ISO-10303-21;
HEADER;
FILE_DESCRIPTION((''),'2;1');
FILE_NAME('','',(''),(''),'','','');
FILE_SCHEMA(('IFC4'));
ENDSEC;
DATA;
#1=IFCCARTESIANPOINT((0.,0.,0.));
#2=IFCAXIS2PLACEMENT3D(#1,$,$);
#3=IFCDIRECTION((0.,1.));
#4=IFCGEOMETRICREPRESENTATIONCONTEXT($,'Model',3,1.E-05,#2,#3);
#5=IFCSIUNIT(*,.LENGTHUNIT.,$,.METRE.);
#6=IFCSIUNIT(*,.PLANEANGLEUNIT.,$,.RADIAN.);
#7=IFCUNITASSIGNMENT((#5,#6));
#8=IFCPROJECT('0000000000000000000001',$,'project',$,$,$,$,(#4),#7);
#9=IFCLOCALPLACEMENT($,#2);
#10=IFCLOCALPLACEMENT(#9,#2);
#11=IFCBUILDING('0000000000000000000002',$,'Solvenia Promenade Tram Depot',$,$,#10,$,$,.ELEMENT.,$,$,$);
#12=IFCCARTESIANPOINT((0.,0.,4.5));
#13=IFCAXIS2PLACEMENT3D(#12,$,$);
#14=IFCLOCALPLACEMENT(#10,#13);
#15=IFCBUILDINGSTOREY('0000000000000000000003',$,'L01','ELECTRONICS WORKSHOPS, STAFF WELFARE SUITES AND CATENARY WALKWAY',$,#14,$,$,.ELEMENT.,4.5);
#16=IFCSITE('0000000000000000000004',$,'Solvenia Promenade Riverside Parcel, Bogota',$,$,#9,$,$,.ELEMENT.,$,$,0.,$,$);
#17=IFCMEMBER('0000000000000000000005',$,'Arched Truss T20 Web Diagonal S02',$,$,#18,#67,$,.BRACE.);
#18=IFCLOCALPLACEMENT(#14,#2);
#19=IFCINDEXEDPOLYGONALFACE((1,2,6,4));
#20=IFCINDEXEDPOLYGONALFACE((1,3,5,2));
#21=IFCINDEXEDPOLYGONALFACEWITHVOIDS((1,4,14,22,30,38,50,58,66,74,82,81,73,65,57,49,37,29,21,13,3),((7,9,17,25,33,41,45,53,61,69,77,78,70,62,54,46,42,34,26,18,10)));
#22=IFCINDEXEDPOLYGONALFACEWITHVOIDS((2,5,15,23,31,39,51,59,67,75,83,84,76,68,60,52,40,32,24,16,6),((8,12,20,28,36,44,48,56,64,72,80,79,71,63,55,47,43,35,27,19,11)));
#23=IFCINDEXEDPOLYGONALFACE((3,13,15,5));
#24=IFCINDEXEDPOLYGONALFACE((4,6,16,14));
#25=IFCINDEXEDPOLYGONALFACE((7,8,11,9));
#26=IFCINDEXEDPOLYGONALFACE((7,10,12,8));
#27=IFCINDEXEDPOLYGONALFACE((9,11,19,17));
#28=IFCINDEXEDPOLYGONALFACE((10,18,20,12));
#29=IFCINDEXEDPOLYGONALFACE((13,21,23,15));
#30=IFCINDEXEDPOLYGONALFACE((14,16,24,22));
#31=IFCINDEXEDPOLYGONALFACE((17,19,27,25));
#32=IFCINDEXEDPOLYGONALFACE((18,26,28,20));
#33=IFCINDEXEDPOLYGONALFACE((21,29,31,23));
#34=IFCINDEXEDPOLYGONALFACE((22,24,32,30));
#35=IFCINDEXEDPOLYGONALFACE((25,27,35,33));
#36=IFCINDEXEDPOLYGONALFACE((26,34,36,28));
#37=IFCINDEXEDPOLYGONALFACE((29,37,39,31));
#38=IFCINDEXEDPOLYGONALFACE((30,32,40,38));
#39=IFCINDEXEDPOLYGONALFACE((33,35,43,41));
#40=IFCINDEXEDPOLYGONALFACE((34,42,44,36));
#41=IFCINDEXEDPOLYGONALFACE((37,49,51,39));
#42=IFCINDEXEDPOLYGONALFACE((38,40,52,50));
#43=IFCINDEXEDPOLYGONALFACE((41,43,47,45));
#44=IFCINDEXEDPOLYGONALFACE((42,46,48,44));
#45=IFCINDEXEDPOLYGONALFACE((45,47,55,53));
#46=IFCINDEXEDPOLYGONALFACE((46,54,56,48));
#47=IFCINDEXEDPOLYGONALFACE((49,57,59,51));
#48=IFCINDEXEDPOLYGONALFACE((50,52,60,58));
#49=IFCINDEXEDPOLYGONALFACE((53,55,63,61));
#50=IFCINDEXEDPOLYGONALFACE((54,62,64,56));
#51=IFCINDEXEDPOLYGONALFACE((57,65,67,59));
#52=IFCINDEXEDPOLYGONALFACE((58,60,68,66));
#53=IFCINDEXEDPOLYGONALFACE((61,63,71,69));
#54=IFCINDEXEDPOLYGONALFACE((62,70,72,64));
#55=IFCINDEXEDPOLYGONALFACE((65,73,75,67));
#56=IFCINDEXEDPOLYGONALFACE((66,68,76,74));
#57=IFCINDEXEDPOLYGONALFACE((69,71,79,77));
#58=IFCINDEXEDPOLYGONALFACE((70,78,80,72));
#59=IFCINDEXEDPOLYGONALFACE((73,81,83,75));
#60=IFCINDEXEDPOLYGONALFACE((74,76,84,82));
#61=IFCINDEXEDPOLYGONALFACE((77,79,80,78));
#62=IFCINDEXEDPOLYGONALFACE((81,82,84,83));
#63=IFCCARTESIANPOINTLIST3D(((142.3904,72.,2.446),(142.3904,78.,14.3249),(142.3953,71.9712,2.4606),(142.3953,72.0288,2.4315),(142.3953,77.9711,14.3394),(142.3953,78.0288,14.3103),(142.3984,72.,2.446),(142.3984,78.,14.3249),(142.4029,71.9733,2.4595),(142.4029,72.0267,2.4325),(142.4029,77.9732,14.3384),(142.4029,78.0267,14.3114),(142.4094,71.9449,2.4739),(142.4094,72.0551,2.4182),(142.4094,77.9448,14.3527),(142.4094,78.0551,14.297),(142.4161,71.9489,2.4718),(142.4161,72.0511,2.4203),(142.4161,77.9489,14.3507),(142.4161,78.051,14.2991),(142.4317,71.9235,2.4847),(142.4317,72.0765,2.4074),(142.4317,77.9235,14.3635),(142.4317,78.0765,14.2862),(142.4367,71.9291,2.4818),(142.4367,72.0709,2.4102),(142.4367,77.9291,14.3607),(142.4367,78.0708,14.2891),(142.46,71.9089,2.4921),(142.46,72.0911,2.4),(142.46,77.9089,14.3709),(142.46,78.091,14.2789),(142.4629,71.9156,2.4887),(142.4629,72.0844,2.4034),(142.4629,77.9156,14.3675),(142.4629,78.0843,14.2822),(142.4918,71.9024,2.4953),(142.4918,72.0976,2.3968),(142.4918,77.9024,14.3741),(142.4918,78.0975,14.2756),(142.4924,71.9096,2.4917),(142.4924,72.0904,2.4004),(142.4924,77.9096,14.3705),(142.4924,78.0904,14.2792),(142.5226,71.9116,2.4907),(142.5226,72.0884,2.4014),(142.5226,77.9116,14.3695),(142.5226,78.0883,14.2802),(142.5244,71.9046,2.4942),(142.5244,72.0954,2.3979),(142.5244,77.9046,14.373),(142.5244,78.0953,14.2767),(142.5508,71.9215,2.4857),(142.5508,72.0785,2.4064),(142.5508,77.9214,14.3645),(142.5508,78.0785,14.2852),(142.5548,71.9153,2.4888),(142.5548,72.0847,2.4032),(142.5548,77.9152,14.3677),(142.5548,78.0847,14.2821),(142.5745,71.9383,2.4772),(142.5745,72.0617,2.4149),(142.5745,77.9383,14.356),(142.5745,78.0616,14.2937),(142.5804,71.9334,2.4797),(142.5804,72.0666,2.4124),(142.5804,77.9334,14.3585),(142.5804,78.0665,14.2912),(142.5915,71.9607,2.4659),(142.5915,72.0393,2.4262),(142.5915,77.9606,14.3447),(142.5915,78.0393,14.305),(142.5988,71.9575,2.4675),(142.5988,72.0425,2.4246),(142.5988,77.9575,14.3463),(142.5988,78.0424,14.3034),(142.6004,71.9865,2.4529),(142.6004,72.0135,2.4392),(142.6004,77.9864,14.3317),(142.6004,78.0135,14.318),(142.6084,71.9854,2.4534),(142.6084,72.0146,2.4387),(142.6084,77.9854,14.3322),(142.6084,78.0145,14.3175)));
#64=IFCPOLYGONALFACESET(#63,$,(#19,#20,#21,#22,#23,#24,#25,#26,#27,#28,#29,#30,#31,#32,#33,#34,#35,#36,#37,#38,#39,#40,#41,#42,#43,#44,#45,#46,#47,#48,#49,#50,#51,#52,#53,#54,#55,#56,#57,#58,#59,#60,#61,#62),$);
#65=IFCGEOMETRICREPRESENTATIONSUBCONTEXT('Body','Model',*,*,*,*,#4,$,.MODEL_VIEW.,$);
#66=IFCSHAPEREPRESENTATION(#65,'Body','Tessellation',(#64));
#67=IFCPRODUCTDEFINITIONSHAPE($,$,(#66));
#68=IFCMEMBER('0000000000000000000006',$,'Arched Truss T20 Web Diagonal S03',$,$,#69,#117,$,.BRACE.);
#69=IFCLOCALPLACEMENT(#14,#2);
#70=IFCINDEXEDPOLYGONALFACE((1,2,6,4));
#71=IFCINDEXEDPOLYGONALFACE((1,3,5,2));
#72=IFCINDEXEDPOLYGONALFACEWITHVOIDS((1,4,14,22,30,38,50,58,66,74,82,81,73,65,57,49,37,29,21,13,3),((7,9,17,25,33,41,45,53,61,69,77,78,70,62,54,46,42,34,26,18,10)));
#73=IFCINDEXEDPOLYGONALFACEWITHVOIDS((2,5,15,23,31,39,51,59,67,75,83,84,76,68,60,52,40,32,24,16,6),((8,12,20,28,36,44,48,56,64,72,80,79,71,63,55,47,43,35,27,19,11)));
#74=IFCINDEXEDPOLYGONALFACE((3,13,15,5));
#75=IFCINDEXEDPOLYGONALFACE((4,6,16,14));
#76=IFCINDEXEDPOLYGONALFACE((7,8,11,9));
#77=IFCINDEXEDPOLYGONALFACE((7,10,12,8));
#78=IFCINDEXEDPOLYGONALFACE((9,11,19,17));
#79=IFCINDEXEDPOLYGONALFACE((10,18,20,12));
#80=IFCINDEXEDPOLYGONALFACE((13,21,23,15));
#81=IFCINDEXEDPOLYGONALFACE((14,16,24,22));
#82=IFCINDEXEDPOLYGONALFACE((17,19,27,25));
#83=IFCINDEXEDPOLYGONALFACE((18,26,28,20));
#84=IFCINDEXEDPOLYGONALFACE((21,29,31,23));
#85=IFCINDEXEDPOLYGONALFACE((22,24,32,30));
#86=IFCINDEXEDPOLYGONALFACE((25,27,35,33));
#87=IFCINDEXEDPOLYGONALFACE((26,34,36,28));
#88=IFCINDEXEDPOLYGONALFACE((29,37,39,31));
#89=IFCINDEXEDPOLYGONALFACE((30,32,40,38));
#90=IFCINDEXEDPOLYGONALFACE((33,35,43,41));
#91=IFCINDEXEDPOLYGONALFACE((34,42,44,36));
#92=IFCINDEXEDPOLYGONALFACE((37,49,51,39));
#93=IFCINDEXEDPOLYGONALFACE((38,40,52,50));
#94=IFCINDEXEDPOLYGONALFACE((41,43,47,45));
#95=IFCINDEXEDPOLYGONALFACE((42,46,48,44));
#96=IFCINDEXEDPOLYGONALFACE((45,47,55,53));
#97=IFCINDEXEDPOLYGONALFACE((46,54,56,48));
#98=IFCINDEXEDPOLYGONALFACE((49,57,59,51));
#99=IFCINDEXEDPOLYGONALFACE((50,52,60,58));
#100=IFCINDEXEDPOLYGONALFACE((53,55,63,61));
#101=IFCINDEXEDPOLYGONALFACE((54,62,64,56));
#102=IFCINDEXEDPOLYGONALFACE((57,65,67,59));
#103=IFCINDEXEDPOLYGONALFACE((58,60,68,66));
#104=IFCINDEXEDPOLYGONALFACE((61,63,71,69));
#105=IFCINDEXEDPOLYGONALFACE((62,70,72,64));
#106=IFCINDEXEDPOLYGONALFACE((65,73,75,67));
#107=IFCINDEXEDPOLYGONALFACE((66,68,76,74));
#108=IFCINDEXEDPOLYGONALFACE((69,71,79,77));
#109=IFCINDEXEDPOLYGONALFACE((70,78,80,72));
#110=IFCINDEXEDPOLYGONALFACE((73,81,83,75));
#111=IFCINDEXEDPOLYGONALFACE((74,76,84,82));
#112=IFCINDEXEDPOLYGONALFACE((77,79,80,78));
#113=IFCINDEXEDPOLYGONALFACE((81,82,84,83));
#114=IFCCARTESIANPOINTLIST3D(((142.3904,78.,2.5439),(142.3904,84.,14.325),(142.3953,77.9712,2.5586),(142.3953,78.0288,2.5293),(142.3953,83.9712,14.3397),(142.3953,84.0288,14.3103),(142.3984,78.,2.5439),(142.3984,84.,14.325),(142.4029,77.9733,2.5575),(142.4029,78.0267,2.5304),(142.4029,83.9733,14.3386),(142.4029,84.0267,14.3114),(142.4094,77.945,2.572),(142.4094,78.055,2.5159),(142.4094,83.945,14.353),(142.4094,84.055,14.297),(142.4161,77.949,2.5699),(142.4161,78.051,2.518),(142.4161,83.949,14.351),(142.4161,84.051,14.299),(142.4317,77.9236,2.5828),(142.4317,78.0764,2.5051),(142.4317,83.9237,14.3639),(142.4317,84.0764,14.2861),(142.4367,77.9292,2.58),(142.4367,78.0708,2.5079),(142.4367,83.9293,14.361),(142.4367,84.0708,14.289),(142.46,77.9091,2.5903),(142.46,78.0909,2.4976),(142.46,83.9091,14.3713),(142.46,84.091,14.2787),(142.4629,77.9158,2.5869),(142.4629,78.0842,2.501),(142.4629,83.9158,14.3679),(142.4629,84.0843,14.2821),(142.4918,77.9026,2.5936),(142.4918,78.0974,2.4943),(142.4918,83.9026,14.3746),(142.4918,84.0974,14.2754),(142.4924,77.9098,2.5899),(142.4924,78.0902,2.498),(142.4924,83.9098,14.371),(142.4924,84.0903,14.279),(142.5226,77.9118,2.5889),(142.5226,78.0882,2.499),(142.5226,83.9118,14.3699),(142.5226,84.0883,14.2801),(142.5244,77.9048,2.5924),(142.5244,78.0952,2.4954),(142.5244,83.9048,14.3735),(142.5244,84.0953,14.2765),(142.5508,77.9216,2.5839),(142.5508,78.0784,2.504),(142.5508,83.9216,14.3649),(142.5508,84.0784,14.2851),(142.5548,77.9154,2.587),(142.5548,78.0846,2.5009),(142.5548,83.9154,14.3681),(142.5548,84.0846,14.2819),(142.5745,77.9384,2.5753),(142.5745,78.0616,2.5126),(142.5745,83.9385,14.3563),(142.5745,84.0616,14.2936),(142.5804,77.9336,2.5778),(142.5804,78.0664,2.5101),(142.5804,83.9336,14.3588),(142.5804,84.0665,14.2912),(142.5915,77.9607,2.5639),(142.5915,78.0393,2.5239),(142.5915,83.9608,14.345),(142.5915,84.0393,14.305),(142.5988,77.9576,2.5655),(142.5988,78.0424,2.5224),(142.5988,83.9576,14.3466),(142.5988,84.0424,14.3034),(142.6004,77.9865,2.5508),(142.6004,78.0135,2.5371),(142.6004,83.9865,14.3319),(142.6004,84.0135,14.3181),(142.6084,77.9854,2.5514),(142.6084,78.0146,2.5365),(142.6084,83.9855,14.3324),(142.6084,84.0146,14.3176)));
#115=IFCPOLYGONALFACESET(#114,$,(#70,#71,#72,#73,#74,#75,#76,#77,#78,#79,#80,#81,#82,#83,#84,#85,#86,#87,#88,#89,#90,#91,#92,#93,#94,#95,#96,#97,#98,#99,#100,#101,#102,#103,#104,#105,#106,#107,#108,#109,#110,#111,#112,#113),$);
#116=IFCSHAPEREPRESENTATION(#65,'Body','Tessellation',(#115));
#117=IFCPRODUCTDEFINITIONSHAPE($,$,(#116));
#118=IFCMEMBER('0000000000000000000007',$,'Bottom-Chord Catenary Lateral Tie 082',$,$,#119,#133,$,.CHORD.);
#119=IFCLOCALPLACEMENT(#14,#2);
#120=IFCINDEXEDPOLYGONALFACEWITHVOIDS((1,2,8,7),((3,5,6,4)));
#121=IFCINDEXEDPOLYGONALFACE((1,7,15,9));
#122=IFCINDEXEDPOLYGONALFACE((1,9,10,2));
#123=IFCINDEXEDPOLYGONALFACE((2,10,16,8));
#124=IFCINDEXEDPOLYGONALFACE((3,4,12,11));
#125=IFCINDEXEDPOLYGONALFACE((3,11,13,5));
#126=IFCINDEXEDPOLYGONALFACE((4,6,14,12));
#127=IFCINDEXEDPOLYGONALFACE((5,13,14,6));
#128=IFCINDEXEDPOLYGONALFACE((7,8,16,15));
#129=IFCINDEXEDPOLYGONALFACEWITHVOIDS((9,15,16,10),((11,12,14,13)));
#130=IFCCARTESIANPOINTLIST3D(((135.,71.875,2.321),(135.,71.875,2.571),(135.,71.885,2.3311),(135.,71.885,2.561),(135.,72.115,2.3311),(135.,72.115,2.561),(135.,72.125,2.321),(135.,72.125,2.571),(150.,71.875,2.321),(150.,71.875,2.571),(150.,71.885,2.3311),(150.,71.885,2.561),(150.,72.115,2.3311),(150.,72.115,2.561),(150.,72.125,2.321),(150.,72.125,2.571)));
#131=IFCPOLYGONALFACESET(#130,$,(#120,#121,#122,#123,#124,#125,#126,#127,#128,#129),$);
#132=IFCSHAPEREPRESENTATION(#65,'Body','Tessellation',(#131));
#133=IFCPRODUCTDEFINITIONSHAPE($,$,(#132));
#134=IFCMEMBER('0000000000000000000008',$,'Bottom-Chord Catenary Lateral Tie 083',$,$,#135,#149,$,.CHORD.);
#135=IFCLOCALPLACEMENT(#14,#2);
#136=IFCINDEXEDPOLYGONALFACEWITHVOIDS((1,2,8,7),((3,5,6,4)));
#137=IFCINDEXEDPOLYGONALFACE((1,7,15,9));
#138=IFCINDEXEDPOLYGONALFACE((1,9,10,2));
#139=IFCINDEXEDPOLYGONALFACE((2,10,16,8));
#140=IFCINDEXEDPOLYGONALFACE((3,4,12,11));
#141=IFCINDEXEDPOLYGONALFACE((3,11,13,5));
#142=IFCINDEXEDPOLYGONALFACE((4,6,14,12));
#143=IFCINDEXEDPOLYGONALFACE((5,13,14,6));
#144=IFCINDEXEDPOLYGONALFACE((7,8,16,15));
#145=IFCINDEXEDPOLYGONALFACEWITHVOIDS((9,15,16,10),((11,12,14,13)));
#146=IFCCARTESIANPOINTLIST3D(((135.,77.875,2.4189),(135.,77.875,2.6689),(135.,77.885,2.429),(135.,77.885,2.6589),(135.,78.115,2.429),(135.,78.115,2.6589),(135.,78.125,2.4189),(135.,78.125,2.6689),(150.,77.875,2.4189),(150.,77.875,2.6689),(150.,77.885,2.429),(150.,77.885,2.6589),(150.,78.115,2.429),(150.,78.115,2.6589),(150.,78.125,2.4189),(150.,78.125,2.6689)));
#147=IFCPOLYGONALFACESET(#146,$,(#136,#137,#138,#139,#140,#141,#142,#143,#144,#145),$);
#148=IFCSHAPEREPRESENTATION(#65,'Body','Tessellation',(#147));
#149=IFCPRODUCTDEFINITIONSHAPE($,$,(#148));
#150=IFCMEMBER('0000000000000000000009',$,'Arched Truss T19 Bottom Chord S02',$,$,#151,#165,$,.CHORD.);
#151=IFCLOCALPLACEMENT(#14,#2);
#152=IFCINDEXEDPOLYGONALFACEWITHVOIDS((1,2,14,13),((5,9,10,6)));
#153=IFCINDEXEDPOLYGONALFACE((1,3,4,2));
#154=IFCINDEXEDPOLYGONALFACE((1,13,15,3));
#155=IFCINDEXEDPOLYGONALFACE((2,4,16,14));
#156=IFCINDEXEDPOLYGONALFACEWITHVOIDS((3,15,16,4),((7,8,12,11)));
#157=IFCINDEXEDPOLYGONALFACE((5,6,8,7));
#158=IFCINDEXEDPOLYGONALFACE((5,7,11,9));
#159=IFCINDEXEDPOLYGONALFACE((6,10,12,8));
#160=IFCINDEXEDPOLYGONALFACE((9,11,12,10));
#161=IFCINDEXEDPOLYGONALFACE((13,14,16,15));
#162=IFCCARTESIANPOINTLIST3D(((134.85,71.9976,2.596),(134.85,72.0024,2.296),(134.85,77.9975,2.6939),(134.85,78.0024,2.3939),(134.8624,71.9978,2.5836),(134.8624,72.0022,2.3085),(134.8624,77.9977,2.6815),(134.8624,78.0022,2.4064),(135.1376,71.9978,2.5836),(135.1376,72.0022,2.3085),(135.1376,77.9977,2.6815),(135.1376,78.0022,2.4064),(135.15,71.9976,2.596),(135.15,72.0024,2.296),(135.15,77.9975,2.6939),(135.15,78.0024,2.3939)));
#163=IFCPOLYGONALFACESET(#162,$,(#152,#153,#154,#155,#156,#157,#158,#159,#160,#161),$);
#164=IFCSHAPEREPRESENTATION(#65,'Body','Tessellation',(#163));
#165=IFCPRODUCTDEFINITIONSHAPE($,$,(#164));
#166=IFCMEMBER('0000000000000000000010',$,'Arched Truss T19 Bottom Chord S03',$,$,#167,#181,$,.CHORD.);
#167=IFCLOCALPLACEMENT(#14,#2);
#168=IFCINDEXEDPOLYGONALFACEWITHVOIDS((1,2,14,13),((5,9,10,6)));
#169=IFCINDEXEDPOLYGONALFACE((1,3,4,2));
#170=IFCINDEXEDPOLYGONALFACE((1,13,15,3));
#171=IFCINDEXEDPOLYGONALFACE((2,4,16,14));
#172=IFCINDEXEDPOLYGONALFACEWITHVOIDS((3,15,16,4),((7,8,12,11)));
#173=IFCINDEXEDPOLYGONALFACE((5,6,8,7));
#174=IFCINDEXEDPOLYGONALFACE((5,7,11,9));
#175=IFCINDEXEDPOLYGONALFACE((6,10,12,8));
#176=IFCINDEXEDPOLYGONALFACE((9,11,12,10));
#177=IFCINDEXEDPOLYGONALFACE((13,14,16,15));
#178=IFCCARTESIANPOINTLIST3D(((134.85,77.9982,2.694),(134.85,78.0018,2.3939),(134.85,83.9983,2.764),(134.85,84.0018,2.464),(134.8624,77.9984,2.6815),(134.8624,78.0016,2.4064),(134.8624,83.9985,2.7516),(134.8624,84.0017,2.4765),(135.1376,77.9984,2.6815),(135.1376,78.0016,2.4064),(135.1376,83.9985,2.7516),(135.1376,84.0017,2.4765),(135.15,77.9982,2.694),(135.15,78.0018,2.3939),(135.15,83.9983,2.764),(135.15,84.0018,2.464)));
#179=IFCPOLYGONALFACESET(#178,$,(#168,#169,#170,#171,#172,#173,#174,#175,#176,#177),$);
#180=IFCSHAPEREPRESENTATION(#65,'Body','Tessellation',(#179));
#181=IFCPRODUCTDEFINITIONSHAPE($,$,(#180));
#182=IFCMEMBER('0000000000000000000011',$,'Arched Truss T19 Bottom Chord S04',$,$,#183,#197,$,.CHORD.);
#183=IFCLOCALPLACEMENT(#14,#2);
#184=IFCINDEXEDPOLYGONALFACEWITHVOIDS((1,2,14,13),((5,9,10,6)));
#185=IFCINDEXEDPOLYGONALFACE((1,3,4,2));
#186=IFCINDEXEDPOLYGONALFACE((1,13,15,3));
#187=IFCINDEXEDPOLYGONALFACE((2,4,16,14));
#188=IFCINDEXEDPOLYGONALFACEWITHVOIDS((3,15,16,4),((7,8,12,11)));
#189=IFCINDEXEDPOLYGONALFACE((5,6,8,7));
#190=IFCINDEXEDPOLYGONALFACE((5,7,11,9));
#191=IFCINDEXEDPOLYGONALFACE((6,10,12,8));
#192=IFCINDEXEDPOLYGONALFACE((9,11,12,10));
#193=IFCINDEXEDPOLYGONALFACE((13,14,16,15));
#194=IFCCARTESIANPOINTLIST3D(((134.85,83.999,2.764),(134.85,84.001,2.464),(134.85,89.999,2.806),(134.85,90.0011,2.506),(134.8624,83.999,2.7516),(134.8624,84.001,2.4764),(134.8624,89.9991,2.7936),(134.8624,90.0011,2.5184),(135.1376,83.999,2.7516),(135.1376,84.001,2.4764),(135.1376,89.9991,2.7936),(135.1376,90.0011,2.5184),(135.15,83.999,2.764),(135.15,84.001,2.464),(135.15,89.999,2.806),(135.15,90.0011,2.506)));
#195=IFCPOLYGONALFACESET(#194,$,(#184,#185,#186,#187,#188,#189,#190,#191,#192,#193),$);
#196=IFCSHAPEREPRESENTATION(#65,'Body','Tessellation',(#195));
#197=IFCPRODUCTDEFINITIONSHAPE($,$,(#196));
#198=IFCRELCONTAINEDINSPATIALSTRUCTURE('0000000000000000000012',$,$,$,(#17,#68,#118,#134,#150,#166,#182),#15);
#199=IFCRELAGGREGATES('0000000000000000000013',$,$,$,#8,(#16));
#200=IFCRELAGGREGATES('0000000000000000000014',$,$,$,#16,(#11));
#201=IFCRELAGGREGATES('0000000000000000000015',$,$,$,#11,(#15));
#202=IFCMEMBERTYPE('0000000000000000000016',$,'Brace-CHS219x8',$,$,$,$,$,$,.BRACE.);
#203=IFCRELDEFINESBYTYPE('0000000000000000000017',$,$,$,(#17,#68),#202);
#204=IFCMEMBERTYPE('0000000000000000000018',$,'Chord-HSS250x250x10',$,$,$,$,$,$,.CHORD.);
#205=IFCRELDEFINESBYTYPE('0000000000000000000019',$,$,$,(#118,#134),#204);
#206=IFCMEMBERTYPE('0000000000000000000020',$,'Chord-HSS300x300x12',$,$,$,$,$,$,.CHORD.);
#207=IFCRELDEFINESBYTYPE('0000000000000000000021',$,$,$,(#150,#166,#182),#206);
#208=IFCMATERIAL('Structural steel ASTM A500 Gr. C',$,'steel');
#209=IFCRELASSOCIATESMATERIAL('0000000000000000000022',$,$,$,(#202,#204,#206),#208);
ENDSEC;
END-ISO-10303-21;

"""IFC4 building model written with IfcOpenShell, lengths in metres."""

from ifc_helpers import new_model, si_unit, direction, frame, origin, origin_2d, place, context, subcontext, project, spatial, hollow_rectangle, hollow_circle, extrude, material, material_profile, profile_set, type_object, element, save


model = new_model("IFC4")

# Units and contexts
model_context = context("Model", 3, precision=1e-05, world=origin(), true_north=direction((0.0, 1.0)))
body_context = subcontext(model_context, "Body", "Model", "MODEL_VIEW")
ifc_project = project(units=[si_unit("LENGTHUNIT", "METRE"), si_unit("PLANEANGLEUNIT", "RADIAN")], contexts=[model_context])

# Site, building, storey
site_placement = place(None, origin())
site = spatial("IfcSite", under=ifc_project, at=site_placement, Name="Solvenia Promenade Riverside Parcel, Bogota", CompositionType="ELEMENT", RefElevation=0.0)
building_placement = place(site_placement, origin())
building = spatial("IfcBuilding", under=site, at=building_placement, Name="Solvenia Promenade Tram Depot", CompositionType="ELEMENT")
storey_placement = place(building_placement, frame((0.0, 0.0, 4.5)))
storey = spatial("IfcBuildingStorey", under=building, at=storey_placement, Name="L01", Description="ELECTRONICS WORKSHOPS, STAFF WELFARE SUITES AND CATENARY WALKWAY", CompositionType="ELEMENT", Elevation=4.5)

# Members
ifc_material_1 = material(Name="Structural steel ASTM A500 Gr. C", Category="steel")
ifc_material_profile_1 = material_profile(ifc_material_1, hollow_circle(Radius=0.1096, WallThickness=0.0081, at=origin_2d()), Name="CHS219.1x8", Category="steel")
ifc_profile_set_1 = profile_set([ifc_material_profile_1], Name="Structural steel ASTM A500 Gr. C")
member_type_1 = type_object("IfcMemberType", Name="Brace-CHS219x8", PredefinedType="BRACE", material=ifc_profile_set_1)
member_1_placement = place(storey_placement, frame((142.5, 72.0, 2.446), z_axis=(0.0, 0.45085, 0.8926), x_axis=(-1.0, 0.0, 0.0)))
element("IfcMember", 1, at=member_1_placement, inside=storey, type_object=member_type_1, Name="Arched Truss T20 Web Diagonal S02", PredefinedType="BRACE", context=body_context, shape_type="SweptSolid", body=[
    extrude(hollow_circle(Radius=0.1096, WallThickness=0.0081, at=origin_2d()), origin(), (0.0, 0.0, 1.0), 13.3081),
])
member_2_placement = place(storey_placement, frame((142.5, 78.0, 2.5439), z_axis=(0.0, 0.453827, 0.89109), x_axis=(-1.0, 0.0, 0.0)))
element("IfcMember", 2, at=member_2_placement, inside=storey, type_object=member_type_1, Name="Arched Truss T20 Web Diagonal S03", PredefinedType="BRACE", context=body_context, shape_type="SweptSolid", body=[
    extrude(hollow_circle(Radius=0.1096, WallThickness=0.0081, at=origin_2d()), origin(), (0.0, 0.0, 1.0), 13.2209),
])
ifc_material_profile_2 = material_profile(ifc_material_1, hollow_rectangle(XDim=0.25, YDim=0.25, WallThickness=0.01, at=origin_2d()), Name="HSS250x250x10", Category="steel")
ifc_profile_set_2 = profile_set([ifc_material_profile_2], Name="Structural steel ASTM A500 Gr. C")
member_type_2 = type_object("IfcMemberType", Name="Chord-HSS250x250x10", PredefinedType="CHORD", material=ifc_profile_set_2)
for number, where, z_axis, x_axis, name in (
    (3, (135.0, 72.0, 2.446), (1.0, 0.0, 0.0), (0.0, 1.0, 0.0), "Bottom-Chord Catenary Lateral Tie 082"),
    (4, (135.0, 78.0, 2.5439), (1.0, 0.0, 0.0), (0.0, 1.0, 0.0), "Bottom-Chord Catenary Lateral Tie 083"),
):
    element("IfcMember", number, at=place(storey_placement, frame(where, z_axis=z_axis, x_axis=x_axis)), inside=storey, type_object=member_type_2, Name=name, PredefinedType="CHORD", context=body_context, shape_type="SweptSolid", body=[
        extrude(hollow_rectangle(XDim=0.25, YDim=0.25, WallThickness=0.01, at=origin_2d()), origin(), (0.0, 0.0, 1.0), 15.0),
    ])
ifc_material_profile_3 = material_profile(ifc_material_1, hollow_rectangle(XDim=0.3, YDim=0.3, WallThickness=0.0125, at=origin_2d()), Name="HSS300x300x12.5", Category="steel")
ifc_profile_set_3 = profile_set([ifc_material_profile_3], Name="Structural steel ASTM A500 Gr. C")
member_type_3 = type_object("IfcMemberType", Name="Chord-HSS300x300x12", PredefinedType="CHORD", material=ifc_profile_set_3)
member_3_placement = place(storey_placement, frame((135.0, 72.0, 2.446), z_axis=(0.0, 0.999867, 0.016315), x_axis=(-1.0, 0.0, 0.0)))
element("IfcMember", 5, at=member_3_placement, inside=storey, type_object=member_type_3, Name="Arched Truss T19 Bottom Chord S02", PredefinedType="CHORD", context=body_context, shape_type="SweptSolid", body=[
    extrude(hollow_rectangle(XDim=0.3, YDim=0.3, WallThickness=0.0125, at=origin_2d()), origin(), (0.0, 0.0, 1.0), 6.0007),
])
member_4_placement = place(storey_placement, frame((135.0, 78.0, 2.5439), z_axis=(0.0, 0.999932, 0.011677), x_axis=(-1.0, 0.0, 0.0)))
element("IfcMember", 6, at=member_4_placement, inside=storey, type_object=member_type_3, Name="Arched Truss T19 Bottom Chord S03", PredefinedType="CHORD", context=body_context, shape_type="SweptSolid", body=[
    extrude(hollow_rectangle(XDim=0.3, YDim=0.3, WallThickness=0.0125, at=origin_2d()), origin(), (0.0, 0.0, 1.0), 6.0005),
])
member_5_placement = place(storey_placement, frame((135.0, 84.0, 2.614), z_axis=(0.0, 0.999976, 0.006999), x_axis=(-1.0, 0.0, 0.0)))
element("IfcMember", 7, at=member_5_placement, inside=storey, type_object=member_type_3, Name="Arched Truss T19 Bottom Chord S04", PredefinedType="CHORD", context=body_context, shape_type="SweptSolid", body=[
    extrude(hollow_rectangle(XDim=0.3, YDim=0.3, WallThickness=0.0125, at=origin_2d()), origin(), (0.0, 0.0, 1.0), 6.0002),
])

save(model, "model.ifc")
